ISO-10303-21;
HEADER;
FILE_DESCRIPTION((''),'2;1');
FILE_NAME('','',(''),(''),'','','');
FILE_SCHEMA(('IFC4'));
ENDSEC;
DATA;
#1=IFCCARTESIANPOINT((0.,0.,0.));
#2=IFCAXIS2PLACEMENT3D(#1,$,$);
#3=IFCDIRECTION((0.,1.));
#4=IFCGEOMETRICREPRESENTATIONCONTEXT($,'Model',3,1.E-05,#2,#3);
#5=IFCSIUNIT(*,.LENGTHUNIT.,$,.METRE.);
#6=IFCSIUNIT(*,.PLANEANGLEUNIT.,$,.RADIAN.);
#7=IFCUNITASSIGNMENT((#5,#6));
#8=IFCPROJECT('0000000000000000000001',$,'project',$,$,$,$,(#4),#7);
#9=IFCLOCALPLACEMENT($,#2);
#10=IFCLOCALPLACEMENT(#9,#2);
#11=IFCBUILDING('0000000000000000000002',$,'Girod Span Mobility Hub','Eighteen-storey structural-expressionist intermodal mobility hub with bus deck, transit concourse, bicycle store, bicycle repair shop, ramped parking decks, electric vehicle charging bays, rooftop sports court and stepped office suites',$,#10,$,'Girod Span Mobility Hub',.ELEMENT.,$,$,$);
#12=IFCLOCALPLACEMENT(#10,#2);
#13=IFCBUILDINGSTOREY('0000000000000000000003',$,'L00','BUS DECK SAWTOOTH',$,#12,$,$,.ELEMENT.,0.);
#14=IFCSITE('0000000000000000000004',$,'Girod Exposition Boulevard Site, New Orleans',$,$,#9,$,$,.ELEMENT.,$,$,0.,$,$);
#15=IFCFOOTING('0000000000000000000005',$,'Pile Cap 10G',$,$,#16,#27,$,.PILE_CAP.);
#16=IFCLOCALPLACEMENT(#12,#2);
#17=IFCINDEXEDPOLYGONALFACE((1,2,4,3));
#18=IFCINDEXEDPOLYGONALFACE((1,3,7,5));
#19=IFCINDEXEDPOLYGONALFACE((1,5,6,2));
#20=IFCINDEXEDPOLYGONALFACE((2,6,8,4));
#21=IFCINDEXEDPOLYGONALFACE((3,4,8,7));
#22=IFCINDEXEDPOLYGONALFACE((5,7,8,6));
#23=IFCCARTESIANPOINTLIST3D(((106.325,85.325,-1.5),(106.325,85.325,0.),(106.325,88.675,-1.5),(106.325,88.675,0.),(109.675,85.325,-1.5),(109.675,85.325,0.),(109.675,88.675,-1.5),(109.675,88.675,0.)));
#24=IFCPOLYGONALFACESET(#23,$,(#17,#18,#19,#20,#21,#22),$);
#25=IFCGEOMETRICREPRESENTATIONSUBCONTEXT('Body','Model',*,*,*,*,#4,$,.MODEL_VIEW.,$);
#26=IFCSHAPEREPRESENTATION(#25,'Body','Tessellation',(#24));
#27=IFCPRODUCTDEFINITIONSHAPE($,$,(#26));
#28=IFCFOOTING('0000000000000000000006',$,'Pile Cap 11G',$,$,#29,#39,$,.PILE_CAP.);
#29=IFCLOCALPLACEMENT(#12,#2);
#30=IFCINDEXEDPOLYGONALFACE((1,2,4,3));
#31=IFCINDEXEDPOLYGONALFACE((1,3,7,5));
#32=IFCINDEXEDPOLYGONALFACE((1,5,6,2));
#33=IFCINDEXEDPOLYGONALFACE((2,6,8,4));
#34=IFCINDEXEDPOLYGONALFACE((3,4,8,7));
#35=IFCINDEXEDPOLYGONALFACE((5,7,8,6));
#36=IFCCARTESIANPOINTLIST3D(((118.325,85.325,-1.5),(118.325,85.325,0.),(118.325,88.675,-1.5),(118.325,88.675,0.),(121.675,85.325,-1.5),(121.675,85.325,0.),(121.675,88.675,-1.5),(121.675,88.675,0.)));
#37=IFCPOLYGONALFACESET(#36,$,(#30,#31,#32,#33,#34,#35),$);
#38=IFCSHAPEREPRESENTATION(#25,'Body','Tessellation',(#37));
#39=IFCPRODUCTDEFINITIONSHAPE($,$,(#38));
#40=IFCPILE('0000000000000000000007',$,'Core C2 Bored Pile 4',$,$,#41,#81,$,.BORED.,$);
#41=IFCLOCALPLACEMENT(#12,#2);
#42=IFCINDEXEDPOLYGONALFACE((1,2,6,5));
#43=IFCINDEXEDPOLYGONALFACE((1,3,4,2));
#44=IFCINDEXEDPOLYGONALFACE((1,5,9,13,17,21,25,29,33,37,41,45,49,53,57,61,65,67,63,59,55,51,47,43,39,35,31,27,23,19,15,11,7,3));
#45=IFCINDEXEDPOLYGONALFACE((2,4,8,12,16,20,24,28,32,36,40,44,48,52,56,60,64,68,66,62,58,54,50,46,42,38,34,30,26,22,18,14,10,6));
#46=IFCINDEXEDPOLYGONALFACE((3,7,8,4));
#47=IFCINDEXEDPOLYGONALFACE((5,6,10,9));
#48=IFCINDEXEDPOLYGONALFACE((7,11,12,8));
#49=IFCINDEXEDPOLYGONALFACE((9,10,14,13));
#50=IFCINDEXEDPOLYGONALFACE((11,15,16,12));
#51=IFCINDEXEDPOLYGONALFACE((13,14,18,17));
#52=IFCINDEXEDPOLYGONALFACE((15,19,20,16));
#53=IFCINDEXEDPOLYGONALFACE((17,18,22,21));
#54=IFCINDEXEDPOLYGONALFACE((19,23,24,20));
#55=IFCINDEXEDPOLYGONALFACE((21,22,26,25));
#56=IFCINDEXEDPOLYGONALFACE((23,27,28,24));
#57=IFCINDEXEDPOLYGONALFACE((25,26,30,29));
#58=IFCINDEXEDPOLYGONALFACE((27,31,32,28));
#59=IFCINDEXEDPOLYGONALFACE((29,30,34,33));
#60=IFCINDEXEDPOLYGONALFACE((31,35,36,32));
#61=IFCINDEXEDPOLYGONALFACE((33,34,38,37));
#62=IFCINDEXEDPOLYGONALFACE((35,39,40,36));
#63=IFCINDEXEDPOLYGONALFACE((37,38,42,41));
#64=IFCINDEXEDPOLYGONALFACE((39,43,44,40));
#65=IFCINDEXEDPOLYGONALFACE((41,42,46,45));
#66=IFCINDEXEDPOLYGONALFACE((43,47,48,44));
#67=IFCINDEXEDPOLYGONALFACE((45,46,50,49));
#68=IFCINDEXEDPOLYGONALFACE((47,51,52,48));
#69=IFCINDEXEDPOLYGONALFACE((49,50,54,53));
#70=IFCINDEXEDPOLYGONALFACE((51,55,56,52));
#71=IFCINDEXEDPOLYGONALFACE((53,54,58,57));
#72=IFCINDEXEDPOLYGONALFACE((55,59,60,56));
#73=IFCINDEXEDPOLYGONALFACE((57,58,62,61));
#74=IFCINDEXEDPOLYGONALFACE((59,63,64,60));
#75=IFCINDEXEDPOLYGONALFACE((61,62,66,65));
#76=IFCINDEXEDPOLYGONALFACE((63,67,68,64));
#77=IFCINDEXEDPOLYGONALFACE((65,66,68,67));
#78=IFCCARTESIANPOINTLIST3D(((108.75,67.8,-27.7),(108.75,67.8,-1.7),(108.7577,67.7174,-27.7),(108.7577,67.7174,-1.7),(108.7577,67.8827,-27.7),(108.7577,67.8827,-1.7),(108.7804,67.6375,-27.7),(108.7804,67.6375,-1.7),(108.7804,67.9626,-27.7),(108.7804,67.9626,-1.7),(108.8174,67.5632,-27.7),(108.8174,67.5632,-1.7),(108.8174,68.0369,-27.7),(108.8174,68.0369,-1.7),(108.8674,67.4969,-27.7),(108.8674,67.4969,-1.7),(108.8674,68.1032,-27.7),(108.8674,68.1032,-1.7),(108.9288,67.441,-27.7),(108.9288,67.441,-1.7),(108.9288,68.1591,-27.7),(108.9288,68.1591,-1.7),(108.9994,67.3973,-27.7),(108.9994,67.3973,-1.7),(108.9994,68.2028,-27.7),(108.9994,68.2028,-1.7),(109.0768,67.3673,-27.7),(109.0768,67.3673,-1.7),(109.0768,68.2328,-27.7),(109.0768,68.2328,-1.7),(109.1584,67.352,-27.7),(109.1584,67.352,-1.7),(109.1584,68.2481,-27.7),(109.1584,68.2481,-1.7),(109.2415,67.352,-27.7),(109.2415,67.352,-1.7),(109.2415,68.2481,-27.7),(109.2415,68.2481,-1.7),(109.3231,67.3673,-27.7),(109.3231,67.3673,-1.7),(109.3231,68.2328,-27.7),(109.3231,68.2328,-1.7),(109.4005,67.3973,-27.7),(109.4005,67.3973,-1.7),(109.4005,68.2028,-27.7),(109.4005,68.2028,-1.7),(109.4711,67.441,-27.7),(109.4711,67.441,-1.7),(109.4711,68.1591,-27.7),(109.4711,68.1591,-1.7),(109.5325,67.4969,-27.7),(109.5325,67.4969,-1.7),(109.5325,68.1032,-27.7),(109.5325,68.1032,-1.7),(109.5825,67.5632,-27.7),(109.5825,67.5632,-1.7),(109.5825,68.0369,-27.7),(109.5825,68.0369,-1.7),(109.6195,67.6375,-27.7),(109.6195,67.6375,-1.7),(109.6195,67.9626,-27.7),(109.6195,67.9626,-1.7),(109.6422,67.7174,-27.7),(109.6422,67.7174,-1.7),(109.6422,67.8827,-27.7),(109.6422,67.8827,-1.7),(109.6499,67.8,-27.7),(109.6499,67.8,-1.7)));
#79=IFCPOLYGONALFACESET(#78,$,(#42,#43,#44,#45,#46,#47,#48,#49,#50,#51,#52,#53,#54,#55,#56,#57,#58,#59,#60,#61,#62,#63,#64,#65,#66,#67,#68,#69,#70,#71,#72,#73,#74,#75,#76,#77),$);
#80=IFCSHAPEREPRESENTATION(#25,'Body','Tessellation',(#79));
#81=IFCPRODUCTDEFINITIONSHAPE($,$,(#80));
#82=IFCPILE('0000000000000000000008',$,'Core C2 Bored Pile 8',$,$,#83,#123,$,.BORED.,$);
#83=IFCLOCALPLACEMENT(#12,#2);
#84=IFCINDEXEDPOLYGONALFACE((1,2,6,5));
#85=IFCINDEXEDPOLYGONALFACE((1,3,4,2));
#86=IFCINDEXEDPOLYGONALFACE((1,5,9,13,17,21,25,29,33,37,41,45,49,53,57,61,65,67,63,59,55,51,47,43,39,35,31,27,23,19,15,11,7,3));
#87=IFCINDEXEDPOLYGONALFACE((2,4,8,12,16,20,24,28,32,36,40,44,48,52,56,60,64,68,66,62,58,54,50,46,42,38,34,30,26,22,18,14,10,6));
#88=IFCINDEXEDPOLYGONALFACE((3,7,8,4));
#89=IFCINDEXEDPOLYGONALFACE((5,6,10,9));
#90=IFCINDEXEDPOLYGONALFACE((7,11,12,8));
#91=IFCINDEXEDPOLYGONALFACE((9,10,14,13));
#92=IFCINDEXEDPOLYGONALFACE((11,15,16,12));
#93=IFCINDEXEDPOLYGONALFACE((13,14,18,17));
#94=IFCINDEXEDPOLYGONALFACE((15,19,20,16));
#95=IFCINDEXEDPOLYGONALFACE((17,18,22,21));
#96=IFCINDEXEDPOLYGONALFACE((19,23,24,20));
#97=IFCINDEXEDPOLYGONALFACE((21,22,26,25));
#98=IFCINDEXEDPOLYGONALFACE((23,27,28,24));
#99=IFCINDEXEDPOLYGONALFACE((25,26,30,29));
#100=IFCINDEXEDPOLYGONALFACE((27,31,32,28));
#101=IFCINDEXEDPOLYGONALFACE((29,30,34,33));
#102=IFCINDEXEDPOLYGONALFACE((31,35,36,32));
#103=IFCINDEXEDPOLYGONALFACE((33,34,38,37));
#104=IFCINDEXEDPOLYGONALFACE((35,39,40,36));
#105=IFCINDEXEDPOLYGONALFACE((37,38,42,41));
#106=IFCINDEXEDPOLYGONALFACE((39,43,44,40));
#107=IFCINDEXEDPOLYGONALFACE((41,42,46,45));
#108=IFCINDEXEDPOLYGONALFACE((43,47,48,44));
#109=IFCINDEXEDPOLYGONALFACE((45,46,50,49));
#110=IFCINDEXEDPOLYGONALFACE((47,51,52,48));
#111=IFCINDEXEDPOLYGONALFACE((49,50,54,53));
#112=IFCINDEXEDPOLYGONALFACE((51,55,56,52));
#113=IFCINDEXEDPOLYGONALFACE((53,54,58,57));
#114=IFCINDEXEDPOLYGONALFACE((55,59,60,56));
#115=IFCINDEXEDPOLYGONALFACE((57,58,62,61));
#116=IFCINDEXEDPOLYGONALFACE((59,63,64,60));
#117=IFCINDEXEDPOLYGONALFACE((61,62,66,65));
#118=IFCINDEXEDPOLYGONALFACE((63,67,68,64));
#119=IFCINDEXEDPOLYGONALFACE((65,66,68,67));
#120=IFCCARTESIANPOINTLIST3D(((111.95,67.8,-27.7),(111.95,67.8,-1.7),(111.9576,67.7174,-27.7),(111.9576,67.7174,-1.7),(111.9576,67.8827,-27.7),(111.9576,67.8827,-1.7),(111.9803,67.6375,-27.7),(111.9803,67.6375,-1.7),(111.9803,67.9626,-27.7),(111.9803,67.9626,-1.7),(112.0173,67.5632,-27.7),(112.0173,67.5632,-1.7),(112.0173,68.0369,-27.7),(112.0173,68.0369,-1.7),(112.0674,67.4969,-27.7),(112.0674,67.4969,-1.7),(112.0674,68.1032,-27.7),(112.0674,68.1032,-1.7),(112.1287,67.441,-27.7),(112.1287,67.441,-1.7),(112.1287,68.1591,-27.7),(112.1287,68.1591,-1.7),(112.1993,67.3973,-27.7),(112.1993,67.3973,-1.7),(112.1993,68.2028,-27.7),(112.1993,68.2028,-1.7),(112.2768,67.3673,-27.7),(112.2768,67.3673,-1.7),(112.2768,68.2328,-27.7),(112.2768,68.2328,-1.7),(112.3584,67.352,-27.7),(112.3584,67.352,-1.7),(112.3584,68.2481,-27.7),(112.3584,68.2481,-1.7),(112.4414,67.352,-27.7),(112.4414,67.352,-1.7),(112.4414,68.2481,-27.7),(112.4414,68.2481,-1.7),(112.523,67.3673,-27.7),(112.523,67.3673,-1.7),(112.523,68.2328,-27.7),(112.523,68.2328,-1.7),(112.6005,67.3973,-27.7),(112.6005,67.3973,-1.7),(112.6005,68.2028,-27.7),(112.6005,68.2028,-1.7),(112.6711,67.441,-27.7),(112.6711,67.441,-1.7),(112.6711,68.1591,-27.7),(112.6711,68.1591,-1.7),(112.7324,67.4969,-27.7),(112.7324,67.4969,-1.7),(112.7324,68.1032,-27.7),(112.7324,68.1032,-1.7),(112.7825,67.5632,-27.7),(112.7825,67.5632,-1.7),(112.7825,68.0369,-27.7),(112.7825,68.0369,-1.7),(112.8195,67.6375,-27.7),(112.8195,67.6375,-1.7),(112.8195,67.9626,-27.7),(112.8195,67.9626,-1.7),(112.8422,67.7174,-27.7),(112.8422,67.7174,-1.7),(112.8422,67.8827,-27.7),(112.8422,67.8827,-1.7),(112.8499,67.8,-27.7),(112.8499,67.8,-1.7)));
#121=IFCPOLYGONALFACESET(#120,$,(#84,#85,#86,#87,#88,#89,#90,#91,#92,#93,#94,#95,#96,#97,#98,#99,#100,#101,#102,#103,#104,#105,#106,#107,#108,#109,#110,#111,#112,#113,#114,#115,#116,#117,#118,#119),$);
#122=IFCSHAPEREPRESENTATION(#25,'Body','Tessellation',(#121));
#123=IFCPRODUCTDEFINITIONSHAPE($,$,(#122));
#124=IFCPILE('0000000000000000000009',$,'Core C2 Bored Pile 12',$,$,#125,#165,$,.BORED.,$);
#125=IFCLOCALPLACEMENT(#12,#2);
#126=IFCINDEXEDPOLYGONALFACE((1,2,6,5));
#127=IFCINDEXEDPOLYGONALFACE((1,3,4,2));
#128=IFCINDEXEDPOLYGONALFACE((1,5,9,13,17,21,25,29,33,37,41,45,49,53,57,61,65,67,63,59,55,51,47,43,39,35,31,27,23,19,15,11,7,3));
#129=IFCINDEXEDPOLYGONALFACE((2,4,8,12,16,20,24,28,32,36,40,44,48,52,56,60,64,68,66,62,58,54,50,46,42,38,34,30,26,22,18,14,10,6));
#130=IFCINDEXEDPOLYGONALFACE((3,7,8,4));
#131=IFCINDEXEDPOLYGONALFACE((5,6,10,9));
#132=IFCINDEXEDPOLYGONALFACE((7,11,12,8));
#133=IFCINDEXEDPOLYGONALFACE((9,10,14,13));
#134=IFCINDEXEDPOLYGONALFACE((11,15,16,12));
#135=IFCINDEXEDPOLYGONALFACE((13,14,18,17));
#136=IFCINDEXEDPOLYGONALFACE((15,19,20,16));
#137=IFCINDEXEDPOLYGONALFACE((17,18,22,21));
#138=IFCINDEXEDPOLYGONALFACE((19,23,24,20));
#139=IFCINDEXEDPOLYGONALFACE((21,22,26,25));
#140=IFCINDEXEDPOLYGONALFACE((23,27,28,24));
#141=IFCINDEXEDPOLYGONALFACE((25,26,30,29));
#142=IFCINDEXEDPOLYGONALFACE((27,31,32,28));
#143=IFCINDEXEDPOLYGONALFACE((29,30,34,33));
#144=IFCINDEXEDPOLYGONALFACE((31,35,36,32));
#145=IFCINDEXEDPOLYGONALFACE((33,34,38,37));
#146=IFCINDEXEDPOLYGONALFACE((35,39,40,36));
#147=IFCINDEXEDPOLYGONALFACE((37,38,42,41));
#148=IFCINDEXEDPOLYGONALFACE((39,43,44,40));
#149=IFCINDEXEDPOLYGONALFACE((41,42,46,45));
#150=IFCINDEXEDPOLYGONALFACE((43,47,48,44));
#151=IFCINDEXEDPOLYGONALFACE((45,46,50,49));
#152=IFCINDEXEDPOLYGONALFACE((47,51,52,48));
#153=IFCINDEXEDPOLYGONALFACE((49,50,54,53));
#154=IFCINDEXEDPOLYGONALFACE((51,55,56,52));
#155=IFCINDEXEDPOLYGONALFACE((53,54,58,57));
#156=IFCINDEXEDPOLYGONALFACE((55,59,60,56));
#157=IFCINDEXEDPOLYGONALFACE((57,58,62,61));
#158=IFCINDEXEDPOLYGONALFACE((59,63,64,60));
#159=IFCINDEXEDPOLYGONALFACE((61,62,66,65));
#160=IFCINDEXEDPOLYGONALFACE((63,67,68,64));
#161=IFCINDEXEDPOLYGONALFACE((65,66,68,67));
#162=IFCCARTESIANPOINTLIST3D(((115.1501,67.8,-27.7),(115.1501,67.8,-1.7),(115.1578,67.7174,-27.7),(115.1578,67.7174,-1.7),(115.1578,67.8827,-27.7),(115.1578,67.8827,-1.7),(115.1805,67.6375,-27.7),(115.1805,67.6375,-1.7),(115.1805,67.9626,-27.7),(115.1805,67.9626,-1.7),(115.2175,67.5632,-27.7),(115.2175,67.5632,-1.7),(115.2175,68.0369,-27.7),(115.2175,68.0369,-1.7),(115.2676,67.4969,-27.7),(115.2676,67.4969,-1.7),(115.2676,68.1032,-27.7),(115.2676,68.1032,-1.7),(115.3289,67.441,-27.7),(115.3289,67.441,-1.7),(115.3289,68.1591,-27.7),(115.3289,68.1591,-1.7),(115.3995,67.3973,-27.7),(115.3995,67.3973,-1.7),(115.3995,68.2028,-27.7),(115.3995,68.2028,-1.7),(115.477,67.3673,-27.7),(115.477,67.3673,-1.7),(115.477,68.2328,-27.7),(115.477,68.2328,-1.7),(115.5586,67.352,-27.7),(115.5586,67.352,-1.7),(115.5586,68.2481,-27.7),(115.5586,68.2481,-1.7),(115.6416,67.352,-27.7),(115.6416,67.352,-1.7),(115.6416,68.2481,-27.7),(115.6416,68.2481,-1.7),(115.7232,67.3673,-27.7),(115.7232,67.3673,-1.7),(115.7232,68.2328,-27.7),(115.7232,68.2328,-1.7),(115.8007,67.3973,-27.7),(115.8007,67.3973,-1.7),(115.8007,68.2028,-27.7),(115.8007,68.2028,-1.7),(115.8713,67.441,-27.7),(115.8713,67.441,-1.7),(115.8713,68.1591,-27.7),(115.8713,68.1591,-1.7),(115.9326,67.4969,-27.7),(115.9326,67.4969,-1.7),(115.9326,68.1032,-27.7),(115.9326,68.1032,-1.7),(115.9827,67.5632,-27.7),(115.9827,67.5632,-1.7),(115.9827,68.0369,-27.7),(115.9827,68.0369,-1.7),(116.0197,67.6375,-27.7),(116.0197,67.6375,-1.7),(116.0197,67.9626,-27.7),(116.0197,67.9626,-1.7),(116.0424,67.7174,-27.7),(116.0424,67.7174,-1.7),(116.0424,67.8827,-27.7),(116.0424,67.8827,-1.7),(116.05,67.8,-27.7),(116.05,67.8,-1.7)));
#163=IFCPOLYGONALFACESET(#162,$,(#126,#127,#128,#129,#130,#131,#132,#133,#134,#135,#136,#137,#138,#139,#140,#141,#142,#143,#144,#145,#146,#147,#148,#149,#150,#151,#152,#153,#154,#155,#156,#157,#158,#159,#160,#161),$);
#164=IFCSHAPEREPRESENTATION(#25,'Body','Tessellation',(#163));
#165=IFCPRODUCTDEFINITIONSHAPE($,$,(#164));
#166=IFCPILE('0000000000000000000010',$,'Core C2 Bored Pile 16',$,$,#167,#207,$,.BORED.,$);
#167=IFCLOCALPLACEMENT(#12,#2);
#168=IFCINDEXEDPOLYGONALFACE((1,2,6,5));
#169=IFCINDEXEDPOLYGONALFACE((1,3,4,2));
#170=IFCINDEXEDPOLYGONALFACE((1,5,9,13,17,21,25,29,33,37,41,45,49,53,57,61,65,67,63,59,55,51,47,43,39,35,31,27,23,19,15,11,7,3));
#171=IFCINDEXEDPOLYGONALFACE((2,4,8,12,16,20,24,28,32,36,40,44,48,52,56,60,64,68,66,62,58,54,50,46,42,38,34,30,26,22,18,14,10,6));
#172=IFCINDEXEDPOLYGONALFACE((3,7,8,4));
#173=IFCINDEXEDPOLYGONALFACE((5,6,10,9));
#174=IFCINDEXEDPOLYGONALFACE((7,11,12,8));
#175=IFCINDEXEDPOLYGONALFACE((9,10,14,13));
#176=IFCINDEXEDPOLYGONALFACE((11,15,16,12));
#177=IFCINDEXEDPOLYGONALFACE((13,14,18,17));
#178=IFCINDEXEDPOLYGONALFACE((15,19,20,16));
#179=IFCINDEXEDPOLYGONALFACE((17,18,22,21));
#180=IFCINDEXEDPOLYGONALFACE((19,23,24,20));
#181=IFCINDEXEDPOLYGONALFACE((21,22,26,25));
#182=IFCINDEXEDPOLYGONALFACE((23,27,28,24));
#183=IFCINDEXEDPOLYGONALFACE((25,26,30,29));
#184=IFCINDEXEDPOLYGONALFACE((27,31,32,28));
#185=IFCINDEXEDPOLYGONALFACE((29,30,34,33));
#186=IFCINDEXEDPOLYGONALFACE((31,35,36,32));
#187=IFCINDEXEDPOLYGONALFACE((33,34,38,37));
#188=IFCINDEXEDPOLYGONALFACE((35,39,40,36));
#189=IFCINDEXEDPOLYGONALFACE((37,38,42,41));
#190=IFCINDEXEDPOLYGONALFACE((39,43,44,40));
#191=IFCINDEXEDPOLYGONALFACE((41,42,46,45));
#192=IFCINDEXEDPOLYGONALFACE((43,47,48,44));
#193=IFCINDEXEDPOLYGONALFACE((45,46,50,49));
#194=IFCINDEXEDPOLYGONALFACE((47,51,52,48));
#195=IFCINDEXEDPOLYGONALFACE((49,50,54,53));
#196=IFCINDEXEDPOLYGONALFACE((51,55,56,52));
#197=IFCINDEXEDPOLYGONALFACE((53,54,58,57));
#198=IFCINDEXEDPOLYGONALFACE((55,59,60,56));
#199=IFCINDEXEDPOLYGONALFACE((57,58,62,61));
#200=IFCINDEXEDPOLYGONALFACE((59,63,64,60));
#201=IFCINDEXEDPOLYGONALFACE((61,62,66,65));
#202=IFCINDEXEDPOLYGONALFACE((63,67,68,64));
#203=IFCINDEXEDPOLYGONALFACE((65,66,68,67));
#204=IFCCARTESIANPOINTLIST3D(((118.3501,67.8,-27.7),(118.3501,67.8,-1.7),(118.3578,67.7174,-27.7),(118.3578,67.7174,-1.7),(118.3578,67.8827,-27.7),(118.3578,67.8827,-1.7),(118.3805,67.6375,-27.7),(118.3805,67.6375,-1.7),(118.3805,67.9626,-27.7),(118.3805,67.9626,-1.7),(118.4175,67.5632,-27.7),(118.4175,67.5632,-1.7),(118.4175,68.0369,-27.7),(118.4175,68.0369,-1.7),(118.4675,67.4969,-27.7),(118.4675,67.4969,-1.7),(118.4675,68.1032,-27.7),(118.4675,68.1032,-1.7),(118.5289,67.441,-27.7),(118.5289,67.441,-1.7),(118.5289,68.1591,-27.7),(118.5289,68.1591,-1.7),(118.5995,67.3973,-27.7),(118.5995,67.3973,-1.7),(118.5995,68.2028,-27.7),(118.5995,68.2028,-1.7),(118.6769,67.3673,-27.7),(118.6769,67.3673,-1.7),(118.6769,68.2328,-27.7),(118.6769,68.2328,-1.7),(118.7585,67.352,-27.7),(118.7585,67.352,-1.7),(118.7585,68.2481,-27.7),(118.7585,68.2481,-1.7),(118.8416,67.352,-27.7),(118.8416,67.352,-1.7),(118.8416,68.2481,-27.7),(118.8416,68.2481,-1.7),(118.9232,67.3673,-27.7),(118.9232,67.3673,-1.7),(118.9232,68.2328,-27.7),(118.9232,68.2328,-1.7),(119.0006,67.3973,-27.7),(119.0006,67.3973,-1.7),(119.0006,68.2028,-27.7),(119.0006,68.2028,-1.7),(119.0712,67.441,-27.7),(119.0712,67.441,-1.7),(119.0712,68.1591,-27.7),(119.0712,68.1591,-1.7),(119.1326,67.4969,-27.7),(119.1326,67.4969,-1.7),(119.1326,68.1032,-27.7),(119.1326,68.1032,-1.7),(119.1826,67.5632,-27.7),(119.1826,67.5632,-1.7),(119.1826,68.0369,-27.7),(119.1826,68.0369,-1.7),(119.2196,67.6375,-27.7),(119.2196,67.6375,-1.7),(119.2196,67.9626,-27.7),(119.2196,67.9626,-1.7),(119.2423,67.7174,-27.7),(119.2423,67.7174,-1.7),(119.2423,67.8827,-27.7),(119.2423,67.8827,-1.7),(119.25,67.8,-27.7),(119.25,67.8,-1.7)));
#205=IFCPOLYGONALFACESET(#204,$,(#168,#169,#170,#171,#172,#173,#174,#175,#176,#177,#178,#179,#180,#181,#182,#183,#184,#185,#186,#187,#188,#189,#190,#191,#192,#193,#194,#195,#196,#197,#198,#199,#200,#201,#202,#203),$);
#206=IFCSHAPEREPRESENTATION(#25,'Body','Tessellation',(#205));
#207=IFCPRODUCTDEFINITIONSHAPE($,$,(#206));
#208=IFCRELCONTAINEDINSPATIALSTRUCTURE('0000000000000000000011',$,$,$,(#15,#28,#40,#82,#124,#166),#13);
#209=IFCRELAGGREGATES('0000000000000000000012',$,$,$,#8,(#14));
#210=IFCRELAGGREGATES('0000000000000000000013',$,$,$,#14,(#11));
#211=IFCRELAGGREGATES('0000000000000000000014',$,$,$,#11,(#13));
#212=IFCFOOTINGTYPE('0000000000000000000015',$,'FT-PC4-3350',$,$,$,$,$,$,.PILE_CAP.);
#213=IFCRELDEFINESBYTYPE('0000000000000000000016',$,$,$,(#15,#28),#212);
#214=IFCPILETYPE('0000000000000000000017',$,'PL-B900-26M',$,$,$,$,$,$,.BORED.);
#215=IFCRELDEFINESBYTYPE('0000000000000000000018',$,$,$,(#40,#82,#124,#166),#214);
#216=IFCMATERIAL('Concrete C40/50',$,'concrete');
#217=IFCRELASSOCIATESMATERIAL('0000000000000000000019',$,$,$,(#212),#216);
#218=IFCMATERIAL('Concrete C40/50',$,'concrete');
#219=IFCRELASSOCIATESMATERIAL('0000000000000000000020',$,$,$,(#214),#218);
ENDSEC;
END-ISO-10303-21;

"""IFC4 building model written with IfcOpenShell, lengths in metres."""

from ifc_helpers import new_model, si_unit, direction, frame, origin, origin_2d, place, context, subcontext, project, spatial, rectangle, circle, extrude, material, material_profile, profile_set, type_object, element, save


model = new_model("IFC4")

# Units and contexts
model_context = context("Model", 3, precision=1e-05, world=origin(), true_north=direction((0.0, 1.0)))
body_context = subcontext(model_context, "Body", "Model", "MODEL_VIEW")
ifc_project = project(units=[si_unit("LENGTHUNIT", "METRE"), si_unit("PLANEANGLEUNIT", "RADIAN")], contexts=[model_context])

# Site, building, storey
site_placement = place(None, origin())
site = spatial("IfcSite", under=ifc_project, at=site_placement, Name="Girod Exposition Boulevard Site, New Orleans", CompositionType="ELEMENT", RefElevation=0.0)
building_placement = place(site_placement, origin())
building = spatial("IfcBuilding", under=site, at=building_placement, Name="Girod Span Mobility Hub", Description="Eighteen-storey structural-expressionist intermodal mobility hub with bus deck, transit concourse, bicycle store, bicycle repair shop, ramped parking decks, electric vehicle charging bays, rooftop sports court and stepped office suites", LongName="Girod Span Mobility Hub", CompositionType="ELEMENT")
storey_placement = place(building_placement, origin())
storey = spatial("IfcBuildingStorey", under=building, at=storey_placement, Name="L00", Description="BUS DECK SAWTOOTH", CompositionType="ELEMENT", Elevation=0.0)

# Footings
ifc_material_1 = material(Name="Concrete C40/50", Category="concrete")
footing_type = type_object("IfcFootingType", Name="FT-PC4-3350", PredefinedType="PILE_CAP", material=ifc_material_1)
for number, where, z_axis, x_axis, name in (
    (1, (108.0, 87.0, -1.5), (0.0, 0.0, 1.0), (1.0, 0.0, 0.0), "Pile Cap 10G"),
    (2, (120.0, 87.0, -1.5), (0.0, 0.0, 1.0), (1.0, 0.0, 0.0), "Pile Cap 11G"),
):
    element("IfcFooting", number, at=place(storey_placement, frame(where, z_axis=z_axis, x_axis=x_axis)), inside=storey, type_object=footing_type, Name=name, PredefinedType="PILE_CAP", context=body_context, shape_type="SweptSolid", body=[
        extrude(rectangle(XDim=3.3501, YDim=3.3501, at=origin_2d()), origin(), (0.0, 0.0, 1.0), 1.5),
    ])

# Piles
ifc_material_2 = material(Name="Concrete C40/50", Category="concrete")
ifc_material_profile_1 = material_profile(ifc_material_2, circle(Radius=0.45, at=origin_2d()), Name="PILE-D900")
ifc_profile_set_1 = profile_set([ifc_material_profile_1], Name="Concrete C40/50")
pile_type_1 = type_object("IfcPileType", Name="PL-B900-26M", PredefinedType="BORED", material=ifc_profile_set_1)
for number, where, z_axis, x_axis, name in (
    (3, (109.2, 67.8, -1.7), (0.0, 0.0, -1.0), (1.0, 0.0, 0.0), "Core C2 Bored Pile 4"),
    (4, (112.3999, 67.8, -1.7), (0.0, 0.0, -1.0), (1.0, 0.0, 0.0), "Core C2 Bored Pile 8"),
    (5, (115.6001, 67.8, -1.7), (0.0, 0.0, -1.0), (1.0, 0.0, 0.0), "Core C2 Bored Pile 12"),
    (6, (118.8, 67.8, -1.7), (0.0, 0.0, -1.0), (1.0, 0.0, 0.0), "Core C2 Bored Pile 16"),
):
    element("IfcPile", number, at=place(storey_placement, frame(where, z_axis=z_axis, x_axis=x_axis)), inside=storey, type_object=pile_type_1, Name=name, PredefinedType="BORED", context=body_context, shape_type="SweptSolid", body=[
        extrude(circle(Radius=0.45, at=origin_2d()), origin(), (0.0, 0.0, 1.0), 26.0),
    ])

save(model, "model.ifc")
